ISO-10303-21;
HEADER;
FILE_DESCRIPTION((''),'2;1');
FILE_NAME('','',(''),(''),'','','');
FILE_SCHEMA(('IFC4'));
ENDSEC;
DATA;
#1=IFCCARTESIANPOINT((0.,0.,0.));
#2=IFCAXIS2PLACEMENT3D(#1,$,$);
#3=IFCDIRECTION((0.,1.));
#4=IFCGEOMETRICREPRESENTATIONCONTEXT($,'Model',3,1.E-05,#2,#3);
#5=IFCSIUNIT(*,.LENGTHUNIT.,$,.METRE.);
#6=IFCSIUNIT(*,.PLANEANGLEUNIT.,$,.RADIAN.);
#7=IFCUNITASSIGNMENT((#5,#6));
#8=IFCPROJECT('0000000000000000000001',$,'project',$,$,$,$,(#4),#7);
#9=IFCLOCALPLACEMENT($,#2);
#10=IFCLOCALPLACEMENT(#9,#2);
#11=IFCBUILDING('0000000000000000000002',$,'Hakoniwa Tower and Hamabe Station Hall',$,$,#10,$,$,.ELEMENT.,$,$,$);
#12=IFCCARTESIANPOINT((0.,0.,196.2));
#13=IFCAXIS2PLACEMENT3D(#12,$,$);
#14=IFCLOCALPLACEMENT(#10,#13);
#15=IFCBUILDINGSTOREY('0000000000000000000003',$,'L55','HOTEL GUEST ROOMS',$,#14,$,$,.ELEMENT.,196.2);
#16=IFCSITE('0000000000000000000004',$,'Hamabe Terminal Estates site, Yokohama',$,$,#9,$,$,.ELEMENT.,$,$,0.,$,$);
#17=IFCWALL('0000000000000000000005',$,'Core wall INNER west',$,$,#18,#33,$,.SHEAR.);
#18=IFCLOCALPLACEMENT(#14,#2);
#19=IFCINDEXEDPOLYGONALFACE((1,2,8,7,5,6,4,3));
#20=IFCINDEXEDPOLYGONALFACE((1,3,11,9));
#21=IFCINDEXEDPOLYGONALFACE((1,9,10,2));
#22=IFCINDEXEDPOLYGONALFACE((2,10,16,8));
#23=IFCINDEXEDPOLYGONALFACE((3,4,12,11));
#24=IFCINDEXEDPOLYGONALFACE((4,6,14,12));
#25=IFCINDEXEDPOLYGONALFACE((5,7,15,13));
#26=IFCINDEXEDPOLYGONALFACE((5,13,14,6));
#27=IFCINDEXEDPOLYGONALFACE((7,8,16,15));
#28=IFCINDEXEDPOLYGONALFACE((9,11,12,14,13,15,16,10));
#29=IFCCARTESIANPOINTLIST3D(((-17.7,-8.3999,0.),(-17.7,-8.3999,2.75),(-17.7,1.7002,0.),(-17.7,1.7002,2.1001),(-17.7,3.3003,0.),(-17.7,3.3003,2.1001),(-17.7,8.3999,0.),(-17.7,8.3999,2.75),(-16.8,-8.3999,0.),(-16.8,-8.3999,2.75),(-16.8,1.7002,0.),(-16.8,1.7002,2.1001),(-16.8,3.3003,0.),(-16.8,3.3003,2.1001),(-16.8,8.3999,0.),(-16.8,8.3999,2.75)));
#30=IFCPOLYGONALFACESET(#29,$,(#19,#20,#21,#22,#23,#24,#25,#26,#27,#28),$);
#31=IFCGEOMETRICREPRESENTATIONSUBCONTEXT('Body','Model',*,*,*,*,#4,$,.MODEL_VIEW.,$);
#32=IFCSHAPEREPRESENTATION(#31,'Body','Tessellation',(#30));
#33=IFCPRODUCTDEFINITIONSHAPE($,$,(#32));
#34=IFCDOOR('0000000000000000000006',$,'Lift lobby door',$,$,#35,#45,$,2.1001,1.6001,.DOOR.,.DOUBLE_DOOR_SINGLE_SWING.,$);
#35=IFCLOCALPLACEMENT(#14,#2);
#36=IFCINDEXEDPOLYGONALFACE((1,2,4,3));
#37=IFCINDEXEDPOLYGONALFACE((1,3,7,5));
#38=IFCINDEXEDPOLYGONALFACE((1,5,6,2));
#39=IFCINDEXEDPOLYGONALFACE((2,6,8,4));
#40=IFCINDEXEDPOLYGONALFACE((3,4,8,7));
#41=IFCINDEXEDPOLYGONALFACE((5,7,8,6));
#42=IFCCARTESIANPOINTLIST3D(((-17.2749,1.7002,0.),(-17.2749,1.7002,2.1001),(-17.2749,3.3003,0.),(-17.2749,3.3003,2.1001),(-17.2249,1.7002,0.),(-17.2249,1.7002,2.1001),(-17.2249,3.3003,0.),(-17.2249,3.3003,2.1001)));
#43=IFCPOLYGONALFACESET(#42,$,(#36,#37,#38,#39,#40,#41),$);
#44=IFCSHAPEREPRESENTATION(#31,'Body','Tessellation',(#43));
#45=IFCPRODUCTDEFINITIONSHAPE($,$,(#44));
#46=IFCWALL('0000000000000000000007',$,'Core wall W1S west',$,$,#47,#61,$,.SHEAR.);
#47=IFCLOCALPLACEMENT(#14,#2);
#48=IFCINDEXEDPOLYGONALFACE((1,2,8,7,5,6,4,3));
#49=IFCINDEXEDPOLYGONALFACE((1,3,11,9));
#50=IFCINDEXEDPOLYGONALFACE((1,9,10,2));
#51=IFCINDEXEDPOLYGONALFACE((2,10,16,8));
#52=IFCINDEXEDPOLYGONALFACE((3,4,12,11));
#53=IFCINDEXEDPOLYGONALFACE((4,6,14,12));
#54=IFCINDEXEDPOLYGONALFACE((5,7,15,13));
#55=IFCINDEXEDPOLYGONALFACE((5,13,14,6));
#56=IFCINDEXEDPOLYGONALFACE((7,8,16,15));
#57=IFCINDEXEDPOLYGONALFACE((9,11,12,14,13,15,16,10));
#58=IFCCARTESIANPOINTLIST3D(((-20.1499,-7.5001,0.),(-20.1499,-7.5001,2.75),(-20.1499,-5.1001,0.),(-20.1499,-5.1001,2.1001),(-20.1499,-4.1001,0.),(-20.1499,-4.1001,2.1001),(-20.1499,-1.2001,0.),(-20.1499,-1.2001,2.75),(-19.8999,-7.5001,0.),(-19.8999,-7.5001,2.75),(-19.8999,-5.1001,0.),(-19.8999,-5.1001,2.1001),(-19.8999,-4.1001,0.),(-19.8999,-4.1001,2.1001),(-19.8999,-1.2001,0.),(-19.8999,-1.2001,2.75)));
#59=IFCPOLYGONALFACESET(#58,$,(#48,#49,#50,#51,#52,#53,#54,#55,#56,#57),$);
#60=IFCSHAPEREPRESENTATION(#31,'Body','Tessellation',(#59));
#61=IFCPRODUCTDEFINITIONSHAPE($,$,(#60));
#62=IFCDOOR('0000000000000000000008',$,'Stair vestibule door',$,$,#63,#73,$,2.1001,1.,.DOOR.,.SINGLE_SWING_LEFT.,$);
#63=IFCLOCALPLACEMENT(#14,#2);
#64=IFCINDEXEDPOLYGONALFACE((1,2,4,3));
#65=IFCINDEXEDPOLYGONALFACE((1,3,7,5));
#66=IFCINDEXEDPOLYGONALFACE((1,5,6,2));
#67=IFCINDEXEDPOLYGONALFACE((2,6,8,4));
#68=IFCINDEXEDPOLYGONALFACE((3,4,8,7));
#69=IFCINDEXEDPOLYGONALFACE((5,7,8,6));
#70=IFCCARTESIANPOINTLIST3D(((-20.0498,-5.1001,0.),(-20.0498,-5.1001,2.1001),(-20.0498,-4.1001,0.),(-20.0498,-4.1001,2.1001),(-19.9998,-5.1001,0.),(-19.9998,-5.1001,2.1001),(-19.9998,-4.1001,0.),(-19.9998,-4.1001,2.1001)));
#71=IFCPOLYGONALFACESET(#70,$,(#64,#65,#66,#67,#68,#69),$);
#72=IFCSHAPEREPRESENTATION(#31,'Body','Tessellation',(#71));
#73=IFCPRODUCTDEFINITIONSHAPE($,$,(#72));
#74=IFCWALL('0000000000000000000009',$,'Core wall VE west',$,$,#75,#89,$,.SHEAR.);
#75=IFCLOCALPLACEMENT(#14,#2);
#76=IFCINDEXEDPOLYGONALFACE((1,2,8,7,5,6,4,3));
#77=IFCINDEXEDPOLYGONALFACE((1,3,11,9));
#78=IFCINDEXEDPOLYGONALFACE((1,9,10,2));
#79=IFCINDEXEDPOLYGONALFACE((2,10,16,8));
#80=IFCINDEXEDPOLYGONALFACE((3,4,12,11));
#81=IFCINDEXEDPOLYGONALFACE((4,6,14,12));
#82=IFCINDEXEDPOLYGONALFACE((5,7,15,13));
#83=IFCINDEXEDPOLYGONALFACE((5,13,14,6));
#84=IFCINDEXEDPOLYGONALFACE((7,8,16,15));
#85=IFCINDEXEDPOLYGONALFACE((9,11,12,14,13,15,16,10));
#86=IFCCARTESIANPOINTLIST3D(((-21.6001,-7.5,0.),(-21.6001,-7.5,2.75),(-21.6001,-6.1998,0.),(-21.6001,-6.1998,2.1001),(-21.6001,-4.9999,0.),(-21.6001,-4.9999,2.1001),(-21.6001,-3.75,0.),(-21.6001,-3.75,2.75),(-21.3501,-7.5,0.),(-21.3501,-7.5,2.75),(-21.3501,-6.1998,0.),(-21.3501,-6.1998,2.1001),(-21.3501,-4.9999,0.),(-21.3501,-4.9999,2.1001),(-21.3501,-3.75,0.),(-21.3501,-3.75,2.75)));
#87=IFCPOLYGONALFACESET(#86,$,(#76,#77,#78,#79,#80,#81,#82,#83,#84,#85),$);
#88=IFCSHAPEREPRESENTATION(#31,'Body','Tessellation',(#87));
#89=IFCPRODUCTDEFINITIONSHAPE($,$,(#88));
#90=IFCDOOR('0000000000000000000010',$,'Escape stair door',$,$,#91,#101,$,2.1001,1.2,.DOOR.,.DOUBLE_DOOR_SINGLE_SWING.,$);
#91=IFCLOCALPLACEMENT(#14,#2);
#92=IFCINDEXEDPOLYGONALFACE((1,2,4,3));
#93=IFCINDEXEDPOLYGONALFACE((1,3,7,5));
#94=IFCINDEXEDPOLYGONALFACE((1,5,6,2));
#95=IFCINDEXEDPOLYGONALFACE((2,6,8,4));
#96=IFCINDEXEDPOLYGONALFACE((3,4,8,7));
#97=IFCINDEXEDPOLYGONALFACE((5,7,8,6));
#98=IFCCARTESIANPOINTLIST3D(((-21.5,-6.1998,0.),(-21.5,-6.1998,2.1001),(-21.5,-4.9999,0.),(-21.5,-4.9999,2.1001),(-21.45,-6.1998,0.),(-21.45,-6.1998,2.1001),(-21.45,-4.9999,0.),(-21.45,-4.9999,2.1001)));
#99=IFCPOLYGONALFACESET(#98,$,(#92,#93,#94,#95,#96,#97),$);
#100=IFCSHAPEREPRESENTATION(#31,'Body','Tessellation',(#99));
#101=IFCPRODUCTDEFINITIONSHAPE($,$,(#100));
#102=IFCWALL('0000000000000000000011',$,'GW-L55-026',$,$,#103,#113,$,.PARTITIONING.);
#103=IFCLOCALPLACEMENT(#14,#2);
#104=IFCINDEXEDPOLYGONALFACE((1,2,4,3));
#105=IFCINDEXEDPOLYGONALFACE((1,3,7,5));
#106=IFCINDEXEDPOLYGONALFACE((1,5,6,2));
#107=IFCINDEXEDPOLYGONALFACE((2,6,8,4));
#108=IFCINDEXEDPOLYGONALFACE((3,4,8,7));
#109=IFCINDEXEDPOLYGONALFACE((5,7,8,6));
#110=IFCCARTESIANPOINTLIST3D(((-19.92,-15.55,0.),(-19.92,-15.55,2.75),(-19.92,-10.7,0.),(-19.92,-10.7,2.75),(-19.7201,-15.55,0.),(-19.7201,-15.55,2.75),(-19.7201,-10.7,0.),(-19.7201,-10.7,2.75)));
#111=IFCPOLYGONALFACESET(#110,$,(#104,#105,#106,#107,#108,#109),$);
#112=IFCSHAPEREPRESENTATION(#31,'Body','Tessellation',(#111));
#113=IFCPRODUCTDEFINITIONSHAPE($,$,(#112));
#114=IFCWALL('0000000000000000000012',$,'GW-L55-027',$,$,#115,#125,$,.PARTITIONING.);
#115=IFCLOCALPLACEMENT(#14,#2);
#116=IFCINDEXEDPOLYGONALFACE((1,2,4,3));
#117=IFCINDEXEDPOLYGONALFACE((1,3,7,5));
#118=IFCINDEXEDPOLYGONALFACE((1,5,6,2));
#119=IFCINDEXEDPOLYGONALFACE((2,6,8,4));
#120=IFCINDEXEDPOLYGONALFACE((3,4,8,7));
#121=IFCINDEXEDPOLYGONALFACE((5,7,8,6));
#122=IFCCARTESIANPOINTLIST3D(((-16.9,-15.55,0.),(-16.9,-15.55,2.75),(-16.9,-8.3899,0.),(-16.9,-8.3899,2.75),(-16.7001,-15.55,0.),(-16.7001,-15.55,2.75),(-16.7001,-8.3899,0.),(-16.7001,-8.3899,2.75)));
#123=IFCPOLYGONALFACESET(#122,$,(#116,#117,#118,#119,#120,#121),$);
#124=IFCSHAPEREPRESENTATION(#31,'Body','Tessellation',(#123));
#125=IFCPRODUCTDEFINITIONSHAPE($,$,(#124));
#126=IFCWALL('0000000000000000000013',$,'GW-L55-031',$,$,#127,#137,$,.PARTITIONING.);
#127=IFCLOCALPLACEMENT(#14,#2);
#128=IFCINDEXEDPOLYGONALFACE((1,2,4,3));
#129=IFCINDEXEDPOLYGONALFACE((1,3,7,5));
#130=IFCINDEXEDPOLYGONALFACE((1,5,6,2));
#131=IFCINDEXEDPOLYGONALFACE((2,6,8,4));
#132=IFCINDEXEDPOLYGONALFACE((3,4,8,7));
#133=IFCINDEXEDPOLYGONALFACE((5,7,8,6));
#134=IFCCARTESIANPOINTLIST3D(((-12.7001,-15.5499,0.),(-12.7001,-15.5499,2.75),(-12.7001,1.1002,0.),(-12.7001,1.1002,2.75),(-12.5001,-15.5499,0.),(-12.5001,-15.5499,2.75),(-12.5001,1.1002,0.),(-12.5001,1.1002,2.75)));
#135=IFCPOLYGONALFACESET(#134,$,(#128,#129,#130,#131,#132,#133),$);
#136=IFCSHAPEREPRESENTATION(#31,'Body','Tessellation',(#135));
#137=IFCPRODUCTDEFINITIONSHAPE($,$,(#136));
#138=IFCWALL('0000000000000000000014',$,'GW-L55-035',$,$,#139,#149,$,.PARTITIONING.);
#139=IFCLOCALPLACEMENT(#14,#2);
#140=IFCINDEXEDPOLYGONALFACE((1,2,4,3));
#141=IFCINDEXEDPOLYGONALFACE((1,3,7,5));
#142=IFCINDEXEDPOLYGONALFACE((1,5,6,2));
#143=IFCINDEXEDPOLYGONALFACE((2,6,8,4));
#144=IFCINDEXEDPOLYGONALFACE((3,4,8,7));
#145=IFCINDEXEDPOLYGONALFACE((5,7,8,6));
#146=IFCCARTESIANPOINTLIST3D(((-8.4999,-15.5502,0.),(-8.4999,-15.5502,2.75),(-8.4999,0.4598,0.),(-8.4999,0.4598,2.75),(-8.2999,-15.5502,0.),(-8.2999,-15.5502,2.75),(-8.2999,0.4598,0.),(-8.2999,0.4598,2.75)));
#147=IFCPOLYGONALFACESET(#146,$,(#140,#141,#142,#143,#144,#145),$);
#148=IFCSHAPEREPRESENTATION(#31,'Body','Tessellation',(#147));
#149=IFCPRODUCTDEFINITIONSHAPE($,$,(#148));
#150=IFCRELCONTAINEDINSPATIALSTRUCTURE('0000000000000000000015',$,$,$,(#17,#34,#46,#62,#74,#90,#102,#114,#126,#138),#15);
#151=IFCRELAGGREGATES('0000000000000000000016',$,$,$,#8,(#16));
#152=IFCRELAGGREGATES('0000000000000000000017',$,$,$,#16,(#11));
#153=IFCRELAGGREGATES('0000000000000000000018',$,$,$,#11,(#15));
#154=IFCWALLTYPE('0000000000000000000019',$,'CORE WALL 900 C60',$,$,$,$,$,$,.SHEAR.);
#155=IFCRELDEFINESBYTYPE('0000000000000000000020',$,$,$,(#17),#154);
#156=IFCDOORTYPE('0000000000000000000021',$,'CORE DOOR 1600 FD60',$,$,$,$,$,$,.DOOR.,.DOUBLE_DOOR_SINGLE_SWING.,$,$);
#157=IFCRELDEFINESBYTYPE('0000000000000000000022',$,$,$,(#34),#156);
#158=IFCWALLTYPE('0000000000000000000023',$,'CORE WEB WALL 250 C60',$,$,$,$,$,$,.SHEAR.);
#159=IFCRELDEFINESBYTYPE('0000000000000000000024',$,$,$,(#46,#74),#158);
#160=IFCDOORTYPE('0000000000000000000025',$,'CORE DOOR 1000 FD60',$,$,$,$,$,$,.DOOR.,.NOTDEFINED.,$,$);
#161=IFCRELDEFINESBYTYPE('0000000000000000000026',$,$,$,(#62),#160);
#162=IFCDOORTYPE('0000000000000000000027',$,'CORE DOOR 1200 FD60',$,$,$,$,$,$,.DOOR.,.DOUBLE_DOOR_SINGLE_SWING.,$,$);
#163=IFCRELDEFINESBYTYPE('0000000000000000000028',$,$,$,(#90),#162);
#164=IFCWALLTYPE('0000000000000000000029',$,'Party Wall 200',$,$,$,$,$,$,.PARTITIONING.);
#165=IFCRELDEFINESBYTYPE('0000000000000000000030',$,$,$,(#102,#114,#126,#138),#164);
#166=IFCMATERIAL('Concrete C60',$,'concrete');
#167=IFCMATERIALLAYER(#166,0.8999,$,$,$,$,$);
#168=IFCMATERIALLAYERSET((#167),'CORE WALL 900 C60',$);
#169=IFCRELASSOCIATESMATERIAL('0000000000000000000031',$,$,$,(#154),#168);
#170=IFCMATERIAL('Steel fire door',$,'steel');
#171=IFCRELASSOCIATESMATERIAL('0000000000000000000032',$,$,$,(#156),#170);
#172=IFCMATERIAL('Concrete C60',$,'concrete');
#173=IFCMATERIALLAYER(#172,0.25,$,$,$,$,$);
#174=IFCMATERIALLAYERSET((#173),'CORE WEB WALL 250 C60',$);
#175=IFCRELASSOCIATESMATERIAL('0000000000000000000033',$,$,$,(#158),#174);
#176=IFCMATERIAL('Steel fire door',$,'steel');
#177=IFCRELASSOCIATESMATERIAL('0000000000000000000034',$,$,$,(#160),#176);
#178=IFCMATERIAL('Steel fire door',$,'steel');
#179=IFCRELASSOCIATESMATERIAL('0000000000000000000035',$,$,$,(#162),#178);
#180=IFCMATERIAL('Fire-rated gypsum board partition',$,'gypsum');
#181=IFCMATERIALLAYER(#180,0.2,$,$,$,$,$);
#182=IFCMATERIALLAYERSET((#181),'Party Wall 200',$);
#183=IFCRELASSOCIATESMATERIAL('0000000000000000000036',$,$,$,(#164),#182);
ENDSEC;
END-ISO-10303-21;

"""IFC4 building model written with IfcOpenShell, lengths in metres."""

from ifc_helpers import new_model, si_unit, direction, frame, frame_2d, origin, place, context, subcontext, project, spatial, rectangle, extrude, material, layer, layer_set, type_object, element, fill, save


model = new_model("IFC4")

# Units and contexts
model_context = context("Model", 3, precision=1e-05, world=origin(), true_north=direction((0.0, 1.0)))
body_context = subcontext(model_context, "Body", "Model", "MODEL_VIEW")
ifc_project = project(units=[si_unit("LENGTHUNIT", "METRE"), si_unit("PLANEANGLEUNIT", "RADIAN")], contexts=[model_context])

# Site, building, storey
site_placement = place(None, origin())
site = spatial("IfcSite", under=ifc_project, at=site_placement, Name="Hamabe Terminal Estates site, Yokohama", CompositionType="ELEMENT", RefElevation=0.0)
building_placement = place(site_placement, origin())
building = spatial("IfcBuilding", under=site, at=building_placement, Name="Hakoniwa Tower and Hamabe Station Hall", CompositionType="ELEMENT")
storey_placement = place(building_placement, frame((0.0, 0.0, 196.2)))
storey = spatial("IfcBuildingStorey", under=building, at=storey_placement, Name="L55", Description="HOTEL GUEST ROOMS", CompositionType="ELEMENT", Elevation=196.2)

# Walls, openings, doors
ifc_material_1 = material(Name="Concrete C60", Category="concrete")
ifc_layer_1 = layer(ifc_material_1, 0.8999)
ifc_layer_set_1 = layer_set([ifc_layer_1], Name="CORE WALL 900 C60")
wall_type_1 = type_object("IfcWallType", Name="CORE WALL 900 C60", PredefinedType="SHEAR", material=ifc_layer_set_1)
wall_1_placement = place(storey_placement, frame((-17.25, -8.3999, 0.0), z_axis=(0.0, 0.0, 1.0), x_axis=(0.0, 1.0, 0.0)))
wall_1 = element("IfcWall", 1, at=wall_1_placement, inside=storey, type_object=wall_type_1, Name="Core wall INNER west", PredefinedType="SHEAR", context=body_context, shape_type="SweptSolid", body=[
    extrude(rectangle(XDim=16.7998, YDim=0.8999, at=frame_2d((8.3999, 0.0))), origin(), (0.0, 0.0, 1.0), 2.75),
])
opening_1_placement = place(wall_1_placement, frame((10.1001, 0.0, 0.0)))
opening_1 = element("IfcOpeningElement", 2, at=opening_1_placement, cuts=wall_1, PredefinedType="OPENING", context=body_context, shape_type="SweptSolid", body=[
    extrude(rectangle(XDim=1.6001, YDim=2.1001, at=frame_2d((0.8, 1.05))), frame((0.0, 0.46, 0.0), z_axis=(0.0, -1.0, 0.0), x_axis=(1.0, 0.0, 0.0)), (0.0, 0.0, 1.0), 0.9199),
])
ifc_material_2 = material(Name="Steel fire door", Category="steel")
door_type_1 = type_object("IfcDoorType", Name="CORE DOOR 1600 FD60", OperationType="DOUBLE_DOOR_SINGLE_SWING", PredefinedType="DOOR", material=ifc_material_2)
door_1_placement = place(opening_1_placement, origin())
door_1 = element("IfcDoor", 3, at=door_1_placement, inside=storey, type_object=door_type_1, Name="Lift lobby door", OperationType="DOUBLE_DOOR_SINGLE_SWING", OverallHeight=2.1001, OverallWidth=1.6001, PredefinedType="DOOR", context=body_context, shape_type="SweptSolid", body=[
    extrude(rectangle(XDim=1.6001, YDim=2.1001, at=frame_2d((0.8, 1.05))), frame((0.0, 0.0249, 0.0), z_axis=(0.0, -1.0, 0.0), x_axis=(1.0, 0.0, 0.0)), (0.0, 0.0, 1.0), 0.05),
])
fill(opening_1, door_1)
ifc_material_3 = material(Name="Concrete C60", Category="concrete")
ifc_layer_2 = layer(ifc_material_3, 0.25)
ifc_layer_set_2 = layer_set([ifc_layer_2], Name="CORE WEB WALL 250 C60")
wall_type_2 = type_object("IfcWallType", Name="CORE WEB WALL 250 C60", PredefinedType="SHEAR", material=ifc_layer_set_2)
wall_2_placement = place(storey_placement, frame((-20.0249, -7.5, 0.0), z_axis=(0.0, 0.0, 1.0), x_axis=(0.0, 1.0, 0.0)))
wall_2 = element("IfcWall", 4, at=wall_2_placement, inside=storey, type_object=wall_type_2, Name="Core wall W1S west", PredefinedType="SHEAR", context=body_context, shape_type="SweptSolid", body=[
    extrude(rectangle(XDim=6.3, YDim=0.25, at=frame_2d((3.1499, 0.0))), origin(), (0.0, 0.0, 1.0), 2.75),
])
opening_2_placement = place(wall_2_placement, frame((2.3999, 0.0, 0.0)))
opening_2 = element("IfcOpeningElement", 5, at=opening_2_placement, cuts=wall_2, PredefinedType="OPENING", context=body_context, shape_type="SweptSolid", body=[
    extrude(rectangle(XDim=1.0, YDim=2.1001, at=frame_2d((0.5, 1.05))), frame((0.0, 0.135, 0.0), z_axis=(0.0, -1.0, 0.0), x_axis=(1.0, 0.0, 0.0)), (0.0, 0.0, 1.0), 0.27),
])
ifc_material_4 = material(Name="Steel fire door", Category="steel")
door_type_2 = type_object("IfcDoorType", Name="CORE DOOR 1000 FD60", OperationType="NOTDEFINED", PredefinedType="DOOR", material=ifc_material_4)
door_2_placement = place(opening_2_placement, origin())
door_2 = element("IfcDoor", 6, at=door_2_placement, inside=storey, type_object=door_type_2, Name="Stair vestibule door", OperationType="SINGLE_SWING_LEFT", OverallHeight=2.1001, OverallWidth=1.0, PredefinedType="DOOR", context=body_context, shape_type="SweptSolid", body=[
    extrude(rectangle(XDim=1.0, YDim=2.1001, at=frame_2d((0.5, 1.05))), frame((0.0, 0.0249, 0.0), z_axis=(0.0, -1.0, 0.0), x_axis=(1.0, 0.0, 0.0)), (0.0, 0.0, 1.0), 0.05),
])
fill(opening_2, door_2)
wall_3_placement = place(storey_placement, frame((-21.4751, -7.5, 0.0), z_axis=(0.0, 0.0, 1.0), x_axis=(0.0, 1.0, 0.0)))
wall_3 = element("IfcWall", 7, at=wall_3_placement, inside=storey, type_object=wall_type_2, Name="Core wall VE west", PredefinedType="SHEAR", context=body_context, shape_type="SweptSolid", body=[
    extrude(rectangle(XDim=3.75, YDim=0.25, at=frame_2d((1.875, 0.0))), origin(), (0.0, 0.0, 1.0), 2.75),
])
opening_3_placement = place(wall_3_placement, frame((1.3, 0.0, 0.0)))
opening_3 = element("IfcOpeningElement", 8, at=opening_3_placement, cuts=wall_3, PredefinedType="OPENING", context=body_context, shape_type="SweptSolid", body=[
    extrude(rectangle(XDim=1.2, YDim=2.1001, at=frame_2d((0.6001, 1.05))), frame((0.0, 0.135, 0.0), z_axis=(0.0, -1.0, 0.0), x_axis=(1.0, 0.0, 0.0)), (0.0, 0.0, 1.0), 0.27),
])
ifc_material_5 = material(Name="Steel fire door", Category="steel")
door_type_3 = type_object("IfcDoorType", Name="CORE DOOR 1200 FD60", OperationType="DOUBLE_DOOR_SINGLE_SWING", PredefinedType="DOOR", material=ifc_material_5)
door_3_placement = place(opening_3_placement, origin())
door_3 = element("IfcDoor", 9, at=door_3_placement, inside=storey, type_object=door_type_3, Name="Escape stair door", OperationType="DOUBLE_DOOR_SINGLE_SWING", OverallHeight=2.1001, OverallWidth=1.2, PredefinedType="DOOR", context=body_context, shape_type="SweptSolid", body=[
    extrude(rectangle(XDim=1.2, YDim=2.1001, at=frame_2d((0.6001, 1.05))), frame((0.0, 0.0249, 0.0), z_axis=(0.0, -1.0, 0.0), x_axis=(1.0, 0.0, 0.0)), (0.0, 0.0, 1.0), 0.05),
])
fill(opening_3, door_3)

# Walls
ifc_material_6 = material(Name="Fire-rated gypsum board partition", Category="gypsum")
ifc_layer_3 = layer(ifc_material_6, 0.2)
ifc_layer_set_3 = layer_set([ifc_layer_3], Name="Party Wall 200")
wall_type_3 = type_object("IfcWallType", Name="Party Wall 200", PredefinedType="PARTITIONING", material=ifc_layer_set_3)
wall_4_placement = place(storey_placement, frame((-19.8201, -15.55, 0.0), z_axis=(0.0, 0.0, 1.0), x_axis=(0.0, 1.0, 0.0)))
element("IfcWall", 10, at=wall_4_placement, inside=storey, type_object=wall_type_3, Name="GW-L55-026", PredefinedType="PARTITIONING", context=body_context, shape_type="SweptSolid", body=[
    extrude(rectangle(XDim=4.8501, YDim=0.2, at=frame_2d((2.425, 0.0))), origin(), (0.0, 0.0, 1.0), 2.75),
])
wall_5_placement = place(storey_placement, frame((-16.8, -15.55, 0.0), z_axis=(0.0, 0.0, 1.0), x_axis=(0.0, 1.0, 0.0)))
element("IfcWall", 11, at=wall_5_placement, inside=storey, type_object=wall_type_3, Name="GW-L55-027", PredefinedType="PARTITIONING", context=body_context, shape_type="SweptSolid", body=[
    extrude(rectangle(XDim=7.1602, YDim=0.2, at=frame_2d((3.5801, 0.0))), origin(), (0.0, 0.0, 1.0), 2.75),
])
wall_6_placement = place(storey_placement, frame((-12.6001, -15.55, 0.0), z_axis=(0.0, 0.0, 1.0), x_axis=(0.0, 1.0, 0.0)))
element("IfcWall", 12, at=wall_6_placement, inside=storey, type_object=wall_type_3, Name="GW-L55-031", PredefinedType="PARTITIONING", context=body_context, shape_type="SweptSolid", body=[
    extrude(rectangle(XDim=16.6501, YDim=0.2, at=frame_2d((8.3252, 0.0))), origin(), (0.0, 0.0, 1.0), 2.75),
])
wall_7_placement = place(storey_placement, frame((-8.3999, -15.55, 0.0), z_axis=(0.0, 0.0, 1.0), x_axis=(0.0, 1.0, 0.0)))
element("IfcWall", 13, at=wall_7_placement, inside=storey, type_object=wall_type_3, Name="GW-L55-035", PredefinedType="PARTITIONING", context=body_context, shape_type="SweptSolid", body=[
    extrude(rectangle(XDim=16.01, YDim=0.2, at=frame_2d((8.0049, 0.0))), origin(), (0.0, 0.0, 1.0), 2.75),
])

save(model, "model.ifc")
